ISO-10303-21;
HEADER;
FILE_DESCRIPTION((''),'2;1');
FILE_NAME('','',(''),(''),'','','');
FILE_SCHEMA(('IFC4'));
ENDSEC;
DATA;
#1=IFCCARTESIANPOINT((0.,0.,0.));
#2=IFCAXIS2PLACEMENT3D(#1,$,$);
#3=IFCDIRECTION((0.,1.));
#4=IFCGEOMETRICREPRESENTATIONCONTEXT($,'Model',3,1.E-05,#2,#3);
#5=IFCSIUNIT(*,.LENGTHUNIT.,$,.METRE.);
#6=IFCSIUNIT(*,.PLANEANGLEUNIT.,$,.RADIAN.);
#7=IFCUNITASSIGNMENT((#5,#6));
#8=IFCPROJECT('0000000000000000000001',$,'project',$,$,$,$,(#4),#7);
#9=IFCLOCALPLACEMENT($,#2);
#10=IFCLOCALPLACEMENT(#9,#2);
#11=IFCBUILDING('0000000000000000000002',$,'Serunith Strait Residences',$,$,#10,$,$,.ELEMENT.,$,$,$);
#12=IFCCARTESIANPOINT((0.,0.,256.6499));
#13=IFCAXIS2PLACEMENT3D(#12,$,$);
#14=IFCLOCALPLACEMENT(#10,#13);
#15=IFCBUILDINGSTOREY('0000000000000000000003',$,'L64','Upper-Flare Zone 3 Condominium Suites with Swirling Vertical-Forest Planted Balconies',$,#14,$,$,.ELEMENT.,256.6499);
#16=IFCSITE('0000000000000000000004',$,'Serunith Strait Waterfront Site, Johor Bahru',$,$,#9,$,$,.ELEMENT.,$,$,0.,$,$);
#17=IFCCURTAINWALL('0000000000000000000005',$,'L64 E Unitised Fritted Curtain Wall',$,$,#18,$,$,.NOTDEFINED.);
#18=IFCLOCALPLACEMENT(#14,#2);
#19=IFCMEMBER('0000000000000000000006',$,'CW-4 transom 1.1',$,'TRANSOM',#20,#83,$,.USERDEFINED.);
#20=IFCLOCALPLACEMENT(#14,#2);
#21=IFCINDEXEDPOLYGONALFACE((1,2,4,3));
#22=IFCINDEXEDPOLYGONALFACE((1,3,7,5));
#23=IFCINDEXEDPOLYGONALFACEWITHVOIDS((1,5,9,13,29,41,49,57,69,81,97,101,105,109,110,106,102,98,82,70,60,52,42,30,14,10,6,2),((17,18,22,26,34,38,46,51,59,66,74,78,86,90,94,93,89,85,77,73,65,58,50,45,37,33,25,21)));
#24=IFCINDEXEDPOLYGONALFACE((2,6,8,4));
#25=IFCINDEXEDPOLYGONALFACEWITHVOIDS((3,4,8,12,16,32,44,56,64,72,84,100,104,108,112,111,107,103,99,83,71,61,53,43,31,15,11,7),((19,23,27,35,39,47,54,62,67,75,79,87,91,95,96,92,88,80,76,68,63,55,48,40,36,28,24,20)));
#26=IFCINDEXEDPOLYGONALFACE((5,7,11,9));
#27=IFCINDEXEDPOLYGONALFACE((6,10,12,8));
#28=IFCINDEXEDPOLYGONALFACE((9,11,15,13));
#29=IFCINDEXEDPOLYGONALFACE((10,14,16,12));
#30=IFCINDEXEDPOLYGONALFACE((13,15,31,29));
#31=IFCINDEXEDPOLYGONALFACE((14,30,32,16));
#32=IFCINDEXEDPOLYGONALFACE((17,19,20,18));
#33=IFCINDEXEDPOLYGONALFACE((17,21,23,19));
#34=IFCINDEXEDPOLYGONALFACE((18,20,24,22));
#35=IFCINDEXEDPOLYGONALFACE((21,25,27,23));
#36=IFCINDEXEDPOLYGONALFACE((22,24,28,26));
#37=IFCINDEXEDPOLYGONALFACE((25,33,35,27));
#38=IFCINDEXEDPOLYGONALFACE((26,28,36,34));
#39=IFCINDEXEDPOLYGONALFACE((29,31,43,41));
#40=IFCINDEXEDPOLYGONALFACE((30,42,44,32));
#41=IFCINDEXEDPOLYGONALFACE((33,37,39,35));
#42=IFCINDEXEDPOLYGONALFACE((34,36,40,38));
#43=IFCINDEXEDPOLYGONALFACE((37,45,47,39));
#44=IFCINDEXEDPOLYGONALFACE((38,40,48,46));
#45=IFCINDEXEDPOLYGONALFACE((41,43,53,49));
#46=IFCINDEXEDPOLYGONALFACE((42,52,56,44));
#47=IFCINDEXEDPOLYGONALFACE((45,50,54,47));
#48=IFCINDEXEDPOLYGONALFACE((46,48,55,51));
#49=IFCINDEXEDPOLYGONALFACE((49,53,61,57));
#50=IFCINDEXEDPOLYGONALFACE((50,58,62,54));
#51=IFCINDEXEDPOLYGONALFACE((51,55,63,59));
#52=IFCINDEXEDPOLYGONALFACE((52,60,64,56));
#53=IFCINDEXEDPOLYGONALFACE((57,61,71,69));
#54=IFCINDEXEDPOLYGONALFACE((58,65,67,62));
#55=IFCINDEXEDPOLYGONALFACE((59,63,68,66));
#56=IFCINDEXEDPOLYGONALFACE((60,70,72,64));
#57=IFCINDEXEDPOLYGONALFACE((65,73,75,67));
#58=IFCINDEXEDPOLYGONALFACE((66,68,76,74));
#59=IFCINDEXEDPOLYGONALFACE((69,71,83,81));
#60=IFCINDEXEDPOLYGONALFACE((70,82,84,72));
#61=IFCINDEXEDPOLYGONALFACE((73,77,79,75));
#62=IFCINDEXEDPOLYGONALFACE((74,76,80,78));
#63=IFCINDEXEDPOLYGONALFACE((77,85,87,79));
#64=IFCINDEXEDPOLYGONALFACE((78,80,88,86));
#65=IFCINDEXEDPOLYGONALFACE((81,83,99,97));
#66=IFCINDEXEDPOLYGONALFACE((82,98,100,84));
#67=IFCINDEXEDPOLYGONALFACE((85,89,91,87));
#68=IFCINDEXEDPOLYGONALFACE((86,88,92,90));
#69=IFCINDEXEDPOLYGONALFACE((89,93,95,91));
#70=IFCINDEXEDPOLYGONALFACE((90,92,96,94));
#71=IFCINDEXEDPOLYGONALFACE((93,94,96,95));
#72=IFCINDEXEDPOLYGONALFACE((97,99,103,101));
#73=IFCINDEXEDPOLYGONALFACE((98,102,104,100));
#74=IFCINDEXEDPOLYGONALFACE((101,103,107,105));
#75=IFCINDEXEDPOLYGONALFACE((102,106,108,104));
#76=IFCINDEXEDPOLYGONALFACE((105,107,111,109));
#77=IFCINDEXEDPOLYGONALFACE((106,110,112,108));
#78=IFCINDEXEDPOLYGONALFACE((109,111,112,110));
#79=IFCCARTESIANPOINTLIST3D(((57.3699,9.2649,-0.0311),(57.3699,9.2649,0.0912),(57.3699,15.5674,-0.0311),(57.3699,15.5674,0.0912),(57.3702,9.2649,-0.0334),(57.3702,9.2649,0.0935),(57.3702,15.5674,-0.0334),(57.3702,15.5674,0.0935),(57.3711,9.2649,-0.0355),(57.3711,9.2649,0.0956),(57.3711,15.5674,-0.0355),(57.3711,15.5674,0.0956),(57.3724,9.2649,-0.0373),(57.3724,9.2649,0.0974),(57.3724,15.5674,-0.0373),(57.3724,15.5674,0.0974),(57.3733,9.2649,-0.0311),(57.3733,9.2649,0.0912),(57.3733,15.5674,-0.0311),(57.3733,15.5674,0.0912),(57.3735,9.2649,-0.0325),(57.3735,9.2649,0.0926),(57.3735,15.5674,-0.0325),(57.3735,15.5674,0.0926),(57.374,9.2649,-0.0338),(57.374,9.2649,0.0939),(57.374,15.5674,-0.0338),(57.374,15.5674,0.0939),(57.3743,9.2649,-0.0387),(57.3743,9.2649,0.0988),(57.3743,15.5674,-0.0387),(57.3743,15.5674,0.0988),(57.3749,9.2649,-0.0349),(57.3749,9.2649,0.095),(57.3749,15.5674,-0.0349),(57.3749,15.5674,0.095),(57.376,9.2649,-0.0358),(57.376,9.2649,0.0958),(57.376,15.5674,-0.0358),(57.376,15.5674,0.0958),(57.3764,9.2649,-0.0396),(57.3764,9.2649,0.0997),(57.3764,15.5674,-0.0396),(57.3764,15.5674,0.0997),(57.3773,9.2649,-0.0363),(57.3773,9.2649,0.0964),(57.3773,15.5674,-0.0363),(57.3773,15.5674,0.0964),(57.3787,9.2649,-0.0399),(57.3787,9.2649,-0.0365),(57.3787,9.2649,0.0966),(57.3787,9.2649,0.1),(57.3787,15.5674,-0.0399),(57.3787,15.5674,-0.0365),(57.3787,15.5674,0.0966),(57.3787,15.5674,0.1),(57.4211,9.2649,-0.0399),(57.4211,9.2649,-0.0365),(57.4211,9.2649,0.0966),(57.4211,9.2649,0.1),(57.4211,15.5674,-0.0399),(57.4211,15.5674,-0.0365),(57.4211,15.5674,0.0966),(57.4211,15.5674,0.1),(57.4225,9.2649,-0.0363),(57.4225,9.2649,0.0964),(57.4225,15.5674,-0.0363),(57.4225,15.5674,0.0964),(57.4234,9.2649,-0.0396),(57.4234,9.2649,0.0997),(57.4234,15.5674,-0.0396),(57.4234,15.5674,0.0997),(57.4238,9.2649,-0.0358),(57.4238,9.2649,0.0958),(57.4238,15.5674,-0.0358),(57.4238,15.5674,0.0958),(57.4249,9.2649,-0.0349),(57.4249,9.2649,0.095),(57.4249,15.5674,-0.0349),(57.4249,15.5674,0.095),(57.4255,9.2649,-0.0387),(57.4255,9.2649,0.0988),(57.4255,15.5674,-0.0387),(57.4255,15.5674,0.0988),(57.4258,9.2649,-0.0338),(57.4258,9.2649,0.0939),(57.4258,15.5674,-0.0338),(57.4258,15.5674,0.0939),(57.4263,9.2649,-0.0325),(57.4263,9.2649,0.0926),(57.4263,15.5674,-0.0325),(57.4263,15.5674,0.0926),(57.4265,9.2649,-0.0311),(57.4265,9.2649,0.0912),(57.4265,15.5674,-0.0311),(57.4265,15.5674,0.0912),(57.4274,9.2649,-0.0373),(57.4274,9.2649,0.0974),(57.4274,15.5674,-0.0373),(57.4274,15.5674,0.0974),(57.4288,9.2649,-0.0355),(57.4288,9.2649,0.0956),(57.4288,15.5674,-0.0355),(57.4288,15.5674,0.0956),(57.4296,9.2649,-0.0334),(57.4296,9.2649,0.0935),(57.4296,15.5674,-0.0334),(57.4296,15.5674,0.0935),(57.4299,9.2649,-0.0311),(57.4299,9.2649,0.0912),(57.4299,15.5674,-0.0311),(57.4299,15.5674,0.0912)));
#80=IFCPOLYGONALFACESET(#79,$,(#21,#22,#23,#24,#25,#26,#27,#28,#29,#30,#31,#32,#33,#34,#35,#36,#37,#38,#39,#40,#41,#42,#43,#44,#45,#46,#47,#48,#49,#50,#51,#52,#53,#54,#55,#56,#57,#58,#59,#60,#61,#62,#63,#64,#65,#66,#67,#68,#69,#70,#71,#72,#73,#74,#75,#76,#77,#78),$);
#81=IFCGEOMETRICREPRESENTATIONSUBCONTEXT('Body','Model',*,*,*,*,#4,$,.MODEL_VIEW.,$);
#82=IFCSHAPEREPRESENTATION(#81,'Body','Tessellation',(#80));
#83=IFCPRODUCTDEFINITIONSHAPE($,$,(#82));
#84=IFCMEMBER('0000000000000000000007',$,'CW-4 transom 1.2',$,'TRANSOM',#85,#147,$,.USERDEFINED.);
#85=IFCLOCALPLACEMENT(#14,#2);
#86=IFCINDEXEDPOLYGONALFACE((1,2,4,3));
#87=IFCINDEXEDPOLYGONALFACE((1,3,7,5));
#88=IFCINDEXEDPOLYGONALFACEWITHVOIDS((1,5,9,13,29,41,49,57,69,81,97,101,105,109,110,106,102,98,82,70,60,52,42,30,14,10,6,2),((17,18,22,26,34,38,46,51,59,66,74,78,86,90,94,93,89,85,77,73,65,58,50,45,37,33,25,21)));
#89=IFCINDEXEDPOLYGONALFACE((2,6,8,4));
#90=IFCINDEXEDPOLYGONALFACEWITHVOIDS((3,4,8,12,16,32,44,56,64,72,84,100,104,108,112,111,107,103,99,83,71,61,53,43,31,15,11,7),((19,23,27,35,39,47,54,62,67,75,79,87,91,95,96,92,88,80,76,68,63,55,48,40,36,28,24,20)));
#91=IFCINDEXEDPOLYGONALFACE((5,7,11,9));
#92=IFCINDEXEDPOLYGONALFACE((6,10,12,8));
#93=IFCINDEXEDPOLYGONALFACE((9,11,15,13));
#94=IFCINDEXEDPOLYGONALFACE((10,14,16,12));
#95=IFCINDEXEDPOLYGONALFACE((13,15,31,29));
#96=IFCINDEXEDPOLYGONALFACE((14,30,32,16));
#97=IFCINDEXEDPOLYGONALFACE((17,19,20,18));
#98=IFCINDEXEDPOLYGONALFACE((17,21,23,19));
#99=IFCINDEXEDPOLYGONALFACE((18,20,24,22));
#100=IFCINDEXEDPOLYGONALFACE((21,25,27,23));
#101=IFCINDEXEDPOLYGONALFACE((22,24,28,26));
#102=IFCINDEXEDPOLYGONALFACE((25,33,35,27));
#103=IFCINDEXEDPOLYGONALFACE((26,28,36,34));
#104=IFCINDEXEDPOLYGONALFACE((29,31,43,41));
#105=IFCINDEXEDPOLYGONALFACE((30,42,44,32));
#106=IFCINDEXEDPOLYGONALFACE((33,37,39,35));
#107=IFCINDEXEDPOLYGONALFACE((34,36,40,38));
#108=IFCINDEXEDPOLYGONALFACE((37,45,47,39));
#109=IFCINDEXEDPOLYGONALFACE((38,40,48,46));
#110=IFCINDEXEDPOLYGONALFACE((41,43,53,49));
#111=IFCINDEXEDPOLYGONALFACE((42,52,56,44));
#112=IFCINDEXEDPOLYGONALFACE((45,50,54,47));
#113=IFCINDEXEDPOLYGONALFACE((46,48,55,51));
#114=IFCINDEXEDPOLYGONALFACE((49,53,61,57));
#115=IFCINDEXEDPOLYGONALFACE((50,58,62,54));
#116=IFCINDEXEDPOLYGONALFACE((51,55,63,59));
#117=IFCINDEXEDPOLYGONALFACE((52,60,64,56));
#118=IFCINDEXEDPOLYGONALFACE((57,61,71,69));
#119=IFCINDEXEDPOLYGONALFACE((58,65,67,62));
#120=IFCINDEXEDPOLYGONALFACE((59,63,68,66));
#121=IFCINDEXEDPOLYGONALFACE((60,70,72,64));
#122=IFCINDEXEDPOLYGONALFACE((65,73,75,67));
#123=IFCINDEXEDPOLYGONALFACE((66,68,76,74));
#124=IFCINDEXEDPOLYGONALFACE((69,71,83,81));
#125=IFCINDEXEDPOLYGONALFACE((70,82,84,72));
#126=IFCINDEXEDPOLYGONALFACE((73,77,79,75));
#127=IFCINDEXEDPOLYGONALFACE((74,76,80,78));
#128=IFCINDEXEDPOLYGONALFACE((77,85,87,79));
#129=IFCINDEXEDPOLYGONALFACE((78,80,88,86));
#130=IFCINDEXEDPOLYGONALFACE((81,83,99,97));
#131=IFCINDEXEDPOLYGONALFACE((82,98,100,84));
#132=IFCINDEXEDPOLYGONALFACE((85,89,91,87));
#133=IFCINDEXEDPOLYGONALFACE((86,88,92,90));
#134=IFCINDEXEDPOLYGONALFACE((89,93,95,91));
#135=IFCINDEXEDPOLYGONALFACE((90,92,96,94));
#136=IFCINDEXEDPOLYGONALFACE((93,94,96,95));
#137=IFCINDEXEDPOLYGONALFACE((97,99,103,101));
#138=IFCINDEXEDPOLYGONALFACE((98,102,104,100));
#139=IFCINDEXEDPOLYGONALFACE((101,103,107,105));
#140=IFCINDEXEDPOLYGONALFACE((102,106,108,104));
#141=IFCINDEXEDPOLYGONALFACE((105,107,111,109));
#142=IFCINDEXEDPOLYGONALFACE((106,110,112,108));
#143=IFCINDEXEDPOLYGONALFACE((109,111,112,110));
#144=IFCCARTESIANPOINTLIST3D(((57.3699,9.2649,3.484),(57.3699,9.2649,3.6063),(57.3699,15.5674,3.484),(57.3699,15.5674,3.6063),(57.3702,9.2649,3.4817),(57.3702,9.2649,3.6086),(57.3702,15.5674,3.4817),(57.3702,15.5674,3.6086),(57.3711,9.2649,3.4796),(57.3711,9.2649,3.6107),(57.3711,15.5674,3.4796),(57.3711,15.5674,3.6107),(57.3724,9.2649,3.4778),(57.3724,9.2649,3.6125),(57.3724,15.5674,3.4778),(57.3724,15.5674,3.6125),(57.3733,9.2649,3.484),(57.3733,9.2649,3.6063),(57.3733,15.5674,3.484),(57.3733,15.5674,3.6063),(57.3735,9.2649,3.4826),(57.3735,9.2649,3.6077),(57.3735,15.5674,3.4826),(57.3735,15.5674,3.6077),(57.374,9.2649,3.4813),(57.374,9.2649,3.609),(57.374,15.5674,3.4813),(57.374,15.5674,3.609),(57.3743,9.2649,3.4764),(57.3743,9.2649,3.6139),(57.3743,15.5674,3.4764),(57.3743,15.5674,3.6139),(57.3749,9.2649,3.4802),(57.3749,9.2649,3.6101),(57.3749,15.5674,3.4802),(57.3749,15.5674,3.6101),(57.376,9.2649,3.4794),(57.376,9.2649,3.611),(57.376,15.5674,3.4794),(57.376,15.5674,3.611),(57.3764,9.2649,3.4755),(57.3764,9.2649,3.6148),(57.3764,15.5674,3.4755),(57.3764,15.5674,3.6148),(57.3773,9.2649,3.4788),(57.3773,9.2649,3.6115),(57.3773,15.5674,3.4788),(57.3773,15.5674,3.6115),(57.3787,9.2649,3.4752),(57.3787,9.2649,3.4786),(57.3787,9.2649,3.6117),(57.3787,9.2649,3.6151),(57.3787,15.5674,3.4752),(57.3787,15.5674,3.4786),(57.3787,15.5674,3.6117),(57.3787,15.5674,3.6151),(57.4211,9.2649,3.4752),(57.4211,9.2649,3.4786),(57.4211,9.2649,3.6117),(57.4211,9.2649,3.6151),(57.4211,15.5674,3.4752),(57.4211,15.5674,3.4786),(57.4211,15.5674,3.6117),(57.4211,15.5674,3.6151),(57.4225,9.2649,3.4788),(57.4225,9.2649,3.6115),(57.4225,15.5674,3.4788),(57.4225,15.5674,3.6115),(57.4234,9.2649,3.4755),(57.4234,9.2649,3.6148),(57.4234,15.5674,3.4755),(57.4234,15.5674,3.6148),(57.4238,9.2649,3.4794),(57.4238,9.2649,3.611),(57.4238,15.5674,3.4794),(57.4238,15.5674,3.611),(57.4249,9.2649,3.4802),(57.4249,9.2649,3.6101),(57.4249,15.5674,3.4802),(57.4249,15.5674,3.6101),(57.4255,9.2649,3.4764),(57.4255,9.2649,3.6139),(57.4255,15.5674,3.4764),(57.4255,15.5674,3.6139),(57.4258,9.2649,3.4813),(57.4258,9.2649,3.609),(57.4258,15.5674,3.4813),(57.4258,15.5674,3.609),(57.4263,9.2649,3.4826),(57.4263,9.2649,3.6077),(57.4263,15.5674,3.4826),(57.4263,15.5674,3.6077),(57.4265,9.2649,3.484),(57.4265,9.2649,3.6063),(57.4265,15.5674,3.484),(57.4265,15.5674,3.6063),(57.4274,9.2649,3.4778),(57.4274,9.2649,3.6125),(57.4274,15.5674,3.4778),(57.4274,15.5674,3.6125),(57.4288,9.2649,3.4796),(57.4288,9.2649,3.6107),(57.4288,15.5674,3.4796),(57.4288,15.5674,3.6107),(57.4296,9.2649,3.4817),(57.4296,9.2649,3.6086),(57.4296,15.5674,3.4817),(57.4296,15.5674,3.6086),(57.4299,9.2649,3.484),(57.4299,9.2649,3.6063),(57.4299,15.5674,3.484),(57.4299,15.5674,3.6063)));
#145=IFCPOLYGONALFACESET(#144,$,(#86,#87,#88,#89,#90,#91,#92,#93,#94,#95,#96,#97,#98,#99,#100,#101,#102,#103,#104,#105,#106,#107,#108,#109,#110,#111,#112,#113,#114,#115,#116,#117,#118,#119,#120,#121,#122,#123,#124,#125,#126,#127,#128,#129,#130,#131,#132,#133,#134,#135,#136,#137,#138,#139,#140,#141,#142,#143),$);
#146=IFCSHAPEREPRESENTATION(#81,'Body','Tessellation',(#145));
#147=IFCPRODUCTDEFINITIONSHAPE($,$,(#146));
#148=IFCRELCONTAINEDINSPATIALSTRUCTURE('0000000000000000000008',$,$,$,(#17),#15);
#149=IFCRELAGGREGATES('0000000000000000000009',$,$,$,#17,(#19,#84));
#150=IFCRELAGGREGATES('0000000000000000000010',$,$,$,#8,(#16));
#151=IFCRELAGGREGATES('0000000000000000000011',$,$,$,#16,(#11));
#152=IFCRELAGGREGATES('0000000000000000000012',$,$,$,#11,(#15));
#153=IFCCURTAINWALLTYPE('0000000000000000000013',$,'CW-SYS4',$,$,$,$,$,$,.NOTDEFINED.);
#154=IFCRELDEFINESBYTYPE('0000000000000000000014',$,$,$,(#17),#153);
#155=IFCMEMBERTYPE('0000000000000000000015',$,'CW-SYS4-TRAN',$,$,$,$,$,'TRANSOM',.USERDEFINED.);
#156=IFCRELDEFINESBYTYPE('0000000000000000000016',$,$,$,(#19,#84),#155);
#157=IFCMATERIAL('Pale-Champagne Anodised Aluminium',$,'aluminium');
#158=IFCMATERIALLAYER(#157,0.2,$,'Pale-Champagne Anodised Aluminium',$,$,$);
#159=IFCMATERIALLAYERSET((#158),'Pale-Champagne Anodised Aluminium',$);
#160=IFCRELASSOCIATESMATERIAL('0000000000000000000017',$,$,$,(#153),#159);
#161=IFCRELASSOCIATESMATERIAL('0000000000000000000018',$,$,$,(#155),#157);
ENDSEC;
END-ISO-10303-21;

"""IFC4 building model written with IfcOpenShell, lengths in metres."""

from ifc_helpers import new_model, si_unit, direction, frame, origin, origin_2d, place, context, subcontext, project, spatial, hollow_rectangle, extrude, source, transform, mapped, material, layer, layer_set, material_profile, profile_set, type_object, element, aggregate, save


model = new_model("IFC4")

# Units and contexts
model_context = context("Model", 3, precision=1e-05, world=origin(), true_north=direction((0.0, 1.0)))
body_context = subcontext(model_context, "Body", "Model", "MODEL_VIEW")
ifc_project = project(units=[si_unit("LENGTHUNIT", "METRE"), si_unit("PLANEANGLEUNIT", "RADIAN")], contexts=[model_context])

# Site, building, storey
site_placement = place(None, origin())
site = spatial("IfcSite", under=ifc_project, at=site_placement, Name="Serunith Strait Waterfront Site, Johor Bahru", CompositionType="ELEMENT", RefElevation=0.0)
building_placement = place(site_placement, origin())
building = spatial("IfcBuilding", under=site, at=building_placement, Name="Serunith Strait Residences", CompositionType="ELEMENT")
storey_placement = place(building_placement, frame((0.0, 0.0, 256.6499)))
storey = spatial("IfcBuildingStorey", under=building, at=storey_placement, Name="L64", Description="Upper-Flare Zone 3 Condominium Suites with Swirling Vertical-Forest Planted Balconies", CompositionType="ELEMENT", Elevation=256.6499)

# Curtain wall, members
ifc_material_1 = material(Name="Pale-Champagne Anodised Aluminium", Category="aluminium")
ifc_layer_1 = layer(ifc_material_1, 0.2, Name="Pale-Champagne Anodised Aluminium")
ifc_layer_set_1 = layer_set([ifc_layer_1], Name="Pale-Champagne Anodised Aluminium")
curtain_wall_type = type_object("IfcCurtainWallType", Name="CW-SYS4", PredefinedType="NOTDEFINED", material=ifc_layer_set_1)
curtain_wall_1_placement = place(storey_placement, origin())
curtain_wall_1 = element("IfcCurtainWall", 1, at=curtain_wall_1_placement, inside=storey, type_object=curtain_wall_type, Name="L64 E Unitised Fritted Curtain Wall", PredefinedType="NOTDEFINED")
ifc_material_profile_1 = material_profile(ifc_material_1, hollow_rectangle(XDim=0.0601, YDim=0.1399, WallThickness=0.0034, InnerFilletRadius=0.0054, OuterFilletRadius=0.0088, at=origin_2d()), Name="ALU 140x60x3.5")
ifc_profile_set_1 = profile_set([ifc_material_profile_1], Name="Pale-Champagne Anodised Aluminium")
member_type_1 = type_object("IfcMemberType", Name="CW-SYS4-TRAN", ElementType="TRANSOM", PredefinedType="USERDEFINED", material=ifc_profile_set_1)
shared_shape_1 = source(origin(), body_context, "Body", "SweptSolid", [
    extrude(hollow_rectangle(XDim=0.0601, YDim=0.1399, WallThickness=0.0034, InnerFilletRadius=0.0054, OuterFilletRadius=0.0088, at=origin_2d()), origin(), (0.0, 0.0, 1.0), 6.3025),
])
member_1_placement = place(storey_placement, frame((57.3999, 9.2649, 0.03), z_axis=(0.0, 1.0, 0.0), x_axis=(-1.0, 0.0, 0.0)))
member_1 = element("IfcMember", 2, at=member_1_placement, type_object=member_type_1, Name="CW-4 transom 1.1", ObjectType="TRANSOM", PredefinedType="USERDEFINED", context=body_context, shape_type="MappedRepresentation", body=[
    mapped(shared_shape_1, transform((0.0, 0.0, 0.0), scale=1.0)),
])
member_2_placement = place(storey_placement, frame((57.3999, 9.2649, 3.5452), z_axis=(0.0, 1.0, 0.0), x_axis=(-1.0, 0.0, 0.0)))
member_2 = element("IfcMember", 3, at=member_2_placement, type_object=member_type_1, Name="CW-4 transom 1.2", ObjectType="TRANSOM", PredefinedType="USERDEFINED", context=body_context, shape_type="MappedRepresentation", body=[
    mapped(shared_shape_1, transform((0.0, 0.0, 0.0), scale=1.0)),
])

aggregate(curtain_wall_1, [member_1, member_2])

save(model, "model.ifc")
